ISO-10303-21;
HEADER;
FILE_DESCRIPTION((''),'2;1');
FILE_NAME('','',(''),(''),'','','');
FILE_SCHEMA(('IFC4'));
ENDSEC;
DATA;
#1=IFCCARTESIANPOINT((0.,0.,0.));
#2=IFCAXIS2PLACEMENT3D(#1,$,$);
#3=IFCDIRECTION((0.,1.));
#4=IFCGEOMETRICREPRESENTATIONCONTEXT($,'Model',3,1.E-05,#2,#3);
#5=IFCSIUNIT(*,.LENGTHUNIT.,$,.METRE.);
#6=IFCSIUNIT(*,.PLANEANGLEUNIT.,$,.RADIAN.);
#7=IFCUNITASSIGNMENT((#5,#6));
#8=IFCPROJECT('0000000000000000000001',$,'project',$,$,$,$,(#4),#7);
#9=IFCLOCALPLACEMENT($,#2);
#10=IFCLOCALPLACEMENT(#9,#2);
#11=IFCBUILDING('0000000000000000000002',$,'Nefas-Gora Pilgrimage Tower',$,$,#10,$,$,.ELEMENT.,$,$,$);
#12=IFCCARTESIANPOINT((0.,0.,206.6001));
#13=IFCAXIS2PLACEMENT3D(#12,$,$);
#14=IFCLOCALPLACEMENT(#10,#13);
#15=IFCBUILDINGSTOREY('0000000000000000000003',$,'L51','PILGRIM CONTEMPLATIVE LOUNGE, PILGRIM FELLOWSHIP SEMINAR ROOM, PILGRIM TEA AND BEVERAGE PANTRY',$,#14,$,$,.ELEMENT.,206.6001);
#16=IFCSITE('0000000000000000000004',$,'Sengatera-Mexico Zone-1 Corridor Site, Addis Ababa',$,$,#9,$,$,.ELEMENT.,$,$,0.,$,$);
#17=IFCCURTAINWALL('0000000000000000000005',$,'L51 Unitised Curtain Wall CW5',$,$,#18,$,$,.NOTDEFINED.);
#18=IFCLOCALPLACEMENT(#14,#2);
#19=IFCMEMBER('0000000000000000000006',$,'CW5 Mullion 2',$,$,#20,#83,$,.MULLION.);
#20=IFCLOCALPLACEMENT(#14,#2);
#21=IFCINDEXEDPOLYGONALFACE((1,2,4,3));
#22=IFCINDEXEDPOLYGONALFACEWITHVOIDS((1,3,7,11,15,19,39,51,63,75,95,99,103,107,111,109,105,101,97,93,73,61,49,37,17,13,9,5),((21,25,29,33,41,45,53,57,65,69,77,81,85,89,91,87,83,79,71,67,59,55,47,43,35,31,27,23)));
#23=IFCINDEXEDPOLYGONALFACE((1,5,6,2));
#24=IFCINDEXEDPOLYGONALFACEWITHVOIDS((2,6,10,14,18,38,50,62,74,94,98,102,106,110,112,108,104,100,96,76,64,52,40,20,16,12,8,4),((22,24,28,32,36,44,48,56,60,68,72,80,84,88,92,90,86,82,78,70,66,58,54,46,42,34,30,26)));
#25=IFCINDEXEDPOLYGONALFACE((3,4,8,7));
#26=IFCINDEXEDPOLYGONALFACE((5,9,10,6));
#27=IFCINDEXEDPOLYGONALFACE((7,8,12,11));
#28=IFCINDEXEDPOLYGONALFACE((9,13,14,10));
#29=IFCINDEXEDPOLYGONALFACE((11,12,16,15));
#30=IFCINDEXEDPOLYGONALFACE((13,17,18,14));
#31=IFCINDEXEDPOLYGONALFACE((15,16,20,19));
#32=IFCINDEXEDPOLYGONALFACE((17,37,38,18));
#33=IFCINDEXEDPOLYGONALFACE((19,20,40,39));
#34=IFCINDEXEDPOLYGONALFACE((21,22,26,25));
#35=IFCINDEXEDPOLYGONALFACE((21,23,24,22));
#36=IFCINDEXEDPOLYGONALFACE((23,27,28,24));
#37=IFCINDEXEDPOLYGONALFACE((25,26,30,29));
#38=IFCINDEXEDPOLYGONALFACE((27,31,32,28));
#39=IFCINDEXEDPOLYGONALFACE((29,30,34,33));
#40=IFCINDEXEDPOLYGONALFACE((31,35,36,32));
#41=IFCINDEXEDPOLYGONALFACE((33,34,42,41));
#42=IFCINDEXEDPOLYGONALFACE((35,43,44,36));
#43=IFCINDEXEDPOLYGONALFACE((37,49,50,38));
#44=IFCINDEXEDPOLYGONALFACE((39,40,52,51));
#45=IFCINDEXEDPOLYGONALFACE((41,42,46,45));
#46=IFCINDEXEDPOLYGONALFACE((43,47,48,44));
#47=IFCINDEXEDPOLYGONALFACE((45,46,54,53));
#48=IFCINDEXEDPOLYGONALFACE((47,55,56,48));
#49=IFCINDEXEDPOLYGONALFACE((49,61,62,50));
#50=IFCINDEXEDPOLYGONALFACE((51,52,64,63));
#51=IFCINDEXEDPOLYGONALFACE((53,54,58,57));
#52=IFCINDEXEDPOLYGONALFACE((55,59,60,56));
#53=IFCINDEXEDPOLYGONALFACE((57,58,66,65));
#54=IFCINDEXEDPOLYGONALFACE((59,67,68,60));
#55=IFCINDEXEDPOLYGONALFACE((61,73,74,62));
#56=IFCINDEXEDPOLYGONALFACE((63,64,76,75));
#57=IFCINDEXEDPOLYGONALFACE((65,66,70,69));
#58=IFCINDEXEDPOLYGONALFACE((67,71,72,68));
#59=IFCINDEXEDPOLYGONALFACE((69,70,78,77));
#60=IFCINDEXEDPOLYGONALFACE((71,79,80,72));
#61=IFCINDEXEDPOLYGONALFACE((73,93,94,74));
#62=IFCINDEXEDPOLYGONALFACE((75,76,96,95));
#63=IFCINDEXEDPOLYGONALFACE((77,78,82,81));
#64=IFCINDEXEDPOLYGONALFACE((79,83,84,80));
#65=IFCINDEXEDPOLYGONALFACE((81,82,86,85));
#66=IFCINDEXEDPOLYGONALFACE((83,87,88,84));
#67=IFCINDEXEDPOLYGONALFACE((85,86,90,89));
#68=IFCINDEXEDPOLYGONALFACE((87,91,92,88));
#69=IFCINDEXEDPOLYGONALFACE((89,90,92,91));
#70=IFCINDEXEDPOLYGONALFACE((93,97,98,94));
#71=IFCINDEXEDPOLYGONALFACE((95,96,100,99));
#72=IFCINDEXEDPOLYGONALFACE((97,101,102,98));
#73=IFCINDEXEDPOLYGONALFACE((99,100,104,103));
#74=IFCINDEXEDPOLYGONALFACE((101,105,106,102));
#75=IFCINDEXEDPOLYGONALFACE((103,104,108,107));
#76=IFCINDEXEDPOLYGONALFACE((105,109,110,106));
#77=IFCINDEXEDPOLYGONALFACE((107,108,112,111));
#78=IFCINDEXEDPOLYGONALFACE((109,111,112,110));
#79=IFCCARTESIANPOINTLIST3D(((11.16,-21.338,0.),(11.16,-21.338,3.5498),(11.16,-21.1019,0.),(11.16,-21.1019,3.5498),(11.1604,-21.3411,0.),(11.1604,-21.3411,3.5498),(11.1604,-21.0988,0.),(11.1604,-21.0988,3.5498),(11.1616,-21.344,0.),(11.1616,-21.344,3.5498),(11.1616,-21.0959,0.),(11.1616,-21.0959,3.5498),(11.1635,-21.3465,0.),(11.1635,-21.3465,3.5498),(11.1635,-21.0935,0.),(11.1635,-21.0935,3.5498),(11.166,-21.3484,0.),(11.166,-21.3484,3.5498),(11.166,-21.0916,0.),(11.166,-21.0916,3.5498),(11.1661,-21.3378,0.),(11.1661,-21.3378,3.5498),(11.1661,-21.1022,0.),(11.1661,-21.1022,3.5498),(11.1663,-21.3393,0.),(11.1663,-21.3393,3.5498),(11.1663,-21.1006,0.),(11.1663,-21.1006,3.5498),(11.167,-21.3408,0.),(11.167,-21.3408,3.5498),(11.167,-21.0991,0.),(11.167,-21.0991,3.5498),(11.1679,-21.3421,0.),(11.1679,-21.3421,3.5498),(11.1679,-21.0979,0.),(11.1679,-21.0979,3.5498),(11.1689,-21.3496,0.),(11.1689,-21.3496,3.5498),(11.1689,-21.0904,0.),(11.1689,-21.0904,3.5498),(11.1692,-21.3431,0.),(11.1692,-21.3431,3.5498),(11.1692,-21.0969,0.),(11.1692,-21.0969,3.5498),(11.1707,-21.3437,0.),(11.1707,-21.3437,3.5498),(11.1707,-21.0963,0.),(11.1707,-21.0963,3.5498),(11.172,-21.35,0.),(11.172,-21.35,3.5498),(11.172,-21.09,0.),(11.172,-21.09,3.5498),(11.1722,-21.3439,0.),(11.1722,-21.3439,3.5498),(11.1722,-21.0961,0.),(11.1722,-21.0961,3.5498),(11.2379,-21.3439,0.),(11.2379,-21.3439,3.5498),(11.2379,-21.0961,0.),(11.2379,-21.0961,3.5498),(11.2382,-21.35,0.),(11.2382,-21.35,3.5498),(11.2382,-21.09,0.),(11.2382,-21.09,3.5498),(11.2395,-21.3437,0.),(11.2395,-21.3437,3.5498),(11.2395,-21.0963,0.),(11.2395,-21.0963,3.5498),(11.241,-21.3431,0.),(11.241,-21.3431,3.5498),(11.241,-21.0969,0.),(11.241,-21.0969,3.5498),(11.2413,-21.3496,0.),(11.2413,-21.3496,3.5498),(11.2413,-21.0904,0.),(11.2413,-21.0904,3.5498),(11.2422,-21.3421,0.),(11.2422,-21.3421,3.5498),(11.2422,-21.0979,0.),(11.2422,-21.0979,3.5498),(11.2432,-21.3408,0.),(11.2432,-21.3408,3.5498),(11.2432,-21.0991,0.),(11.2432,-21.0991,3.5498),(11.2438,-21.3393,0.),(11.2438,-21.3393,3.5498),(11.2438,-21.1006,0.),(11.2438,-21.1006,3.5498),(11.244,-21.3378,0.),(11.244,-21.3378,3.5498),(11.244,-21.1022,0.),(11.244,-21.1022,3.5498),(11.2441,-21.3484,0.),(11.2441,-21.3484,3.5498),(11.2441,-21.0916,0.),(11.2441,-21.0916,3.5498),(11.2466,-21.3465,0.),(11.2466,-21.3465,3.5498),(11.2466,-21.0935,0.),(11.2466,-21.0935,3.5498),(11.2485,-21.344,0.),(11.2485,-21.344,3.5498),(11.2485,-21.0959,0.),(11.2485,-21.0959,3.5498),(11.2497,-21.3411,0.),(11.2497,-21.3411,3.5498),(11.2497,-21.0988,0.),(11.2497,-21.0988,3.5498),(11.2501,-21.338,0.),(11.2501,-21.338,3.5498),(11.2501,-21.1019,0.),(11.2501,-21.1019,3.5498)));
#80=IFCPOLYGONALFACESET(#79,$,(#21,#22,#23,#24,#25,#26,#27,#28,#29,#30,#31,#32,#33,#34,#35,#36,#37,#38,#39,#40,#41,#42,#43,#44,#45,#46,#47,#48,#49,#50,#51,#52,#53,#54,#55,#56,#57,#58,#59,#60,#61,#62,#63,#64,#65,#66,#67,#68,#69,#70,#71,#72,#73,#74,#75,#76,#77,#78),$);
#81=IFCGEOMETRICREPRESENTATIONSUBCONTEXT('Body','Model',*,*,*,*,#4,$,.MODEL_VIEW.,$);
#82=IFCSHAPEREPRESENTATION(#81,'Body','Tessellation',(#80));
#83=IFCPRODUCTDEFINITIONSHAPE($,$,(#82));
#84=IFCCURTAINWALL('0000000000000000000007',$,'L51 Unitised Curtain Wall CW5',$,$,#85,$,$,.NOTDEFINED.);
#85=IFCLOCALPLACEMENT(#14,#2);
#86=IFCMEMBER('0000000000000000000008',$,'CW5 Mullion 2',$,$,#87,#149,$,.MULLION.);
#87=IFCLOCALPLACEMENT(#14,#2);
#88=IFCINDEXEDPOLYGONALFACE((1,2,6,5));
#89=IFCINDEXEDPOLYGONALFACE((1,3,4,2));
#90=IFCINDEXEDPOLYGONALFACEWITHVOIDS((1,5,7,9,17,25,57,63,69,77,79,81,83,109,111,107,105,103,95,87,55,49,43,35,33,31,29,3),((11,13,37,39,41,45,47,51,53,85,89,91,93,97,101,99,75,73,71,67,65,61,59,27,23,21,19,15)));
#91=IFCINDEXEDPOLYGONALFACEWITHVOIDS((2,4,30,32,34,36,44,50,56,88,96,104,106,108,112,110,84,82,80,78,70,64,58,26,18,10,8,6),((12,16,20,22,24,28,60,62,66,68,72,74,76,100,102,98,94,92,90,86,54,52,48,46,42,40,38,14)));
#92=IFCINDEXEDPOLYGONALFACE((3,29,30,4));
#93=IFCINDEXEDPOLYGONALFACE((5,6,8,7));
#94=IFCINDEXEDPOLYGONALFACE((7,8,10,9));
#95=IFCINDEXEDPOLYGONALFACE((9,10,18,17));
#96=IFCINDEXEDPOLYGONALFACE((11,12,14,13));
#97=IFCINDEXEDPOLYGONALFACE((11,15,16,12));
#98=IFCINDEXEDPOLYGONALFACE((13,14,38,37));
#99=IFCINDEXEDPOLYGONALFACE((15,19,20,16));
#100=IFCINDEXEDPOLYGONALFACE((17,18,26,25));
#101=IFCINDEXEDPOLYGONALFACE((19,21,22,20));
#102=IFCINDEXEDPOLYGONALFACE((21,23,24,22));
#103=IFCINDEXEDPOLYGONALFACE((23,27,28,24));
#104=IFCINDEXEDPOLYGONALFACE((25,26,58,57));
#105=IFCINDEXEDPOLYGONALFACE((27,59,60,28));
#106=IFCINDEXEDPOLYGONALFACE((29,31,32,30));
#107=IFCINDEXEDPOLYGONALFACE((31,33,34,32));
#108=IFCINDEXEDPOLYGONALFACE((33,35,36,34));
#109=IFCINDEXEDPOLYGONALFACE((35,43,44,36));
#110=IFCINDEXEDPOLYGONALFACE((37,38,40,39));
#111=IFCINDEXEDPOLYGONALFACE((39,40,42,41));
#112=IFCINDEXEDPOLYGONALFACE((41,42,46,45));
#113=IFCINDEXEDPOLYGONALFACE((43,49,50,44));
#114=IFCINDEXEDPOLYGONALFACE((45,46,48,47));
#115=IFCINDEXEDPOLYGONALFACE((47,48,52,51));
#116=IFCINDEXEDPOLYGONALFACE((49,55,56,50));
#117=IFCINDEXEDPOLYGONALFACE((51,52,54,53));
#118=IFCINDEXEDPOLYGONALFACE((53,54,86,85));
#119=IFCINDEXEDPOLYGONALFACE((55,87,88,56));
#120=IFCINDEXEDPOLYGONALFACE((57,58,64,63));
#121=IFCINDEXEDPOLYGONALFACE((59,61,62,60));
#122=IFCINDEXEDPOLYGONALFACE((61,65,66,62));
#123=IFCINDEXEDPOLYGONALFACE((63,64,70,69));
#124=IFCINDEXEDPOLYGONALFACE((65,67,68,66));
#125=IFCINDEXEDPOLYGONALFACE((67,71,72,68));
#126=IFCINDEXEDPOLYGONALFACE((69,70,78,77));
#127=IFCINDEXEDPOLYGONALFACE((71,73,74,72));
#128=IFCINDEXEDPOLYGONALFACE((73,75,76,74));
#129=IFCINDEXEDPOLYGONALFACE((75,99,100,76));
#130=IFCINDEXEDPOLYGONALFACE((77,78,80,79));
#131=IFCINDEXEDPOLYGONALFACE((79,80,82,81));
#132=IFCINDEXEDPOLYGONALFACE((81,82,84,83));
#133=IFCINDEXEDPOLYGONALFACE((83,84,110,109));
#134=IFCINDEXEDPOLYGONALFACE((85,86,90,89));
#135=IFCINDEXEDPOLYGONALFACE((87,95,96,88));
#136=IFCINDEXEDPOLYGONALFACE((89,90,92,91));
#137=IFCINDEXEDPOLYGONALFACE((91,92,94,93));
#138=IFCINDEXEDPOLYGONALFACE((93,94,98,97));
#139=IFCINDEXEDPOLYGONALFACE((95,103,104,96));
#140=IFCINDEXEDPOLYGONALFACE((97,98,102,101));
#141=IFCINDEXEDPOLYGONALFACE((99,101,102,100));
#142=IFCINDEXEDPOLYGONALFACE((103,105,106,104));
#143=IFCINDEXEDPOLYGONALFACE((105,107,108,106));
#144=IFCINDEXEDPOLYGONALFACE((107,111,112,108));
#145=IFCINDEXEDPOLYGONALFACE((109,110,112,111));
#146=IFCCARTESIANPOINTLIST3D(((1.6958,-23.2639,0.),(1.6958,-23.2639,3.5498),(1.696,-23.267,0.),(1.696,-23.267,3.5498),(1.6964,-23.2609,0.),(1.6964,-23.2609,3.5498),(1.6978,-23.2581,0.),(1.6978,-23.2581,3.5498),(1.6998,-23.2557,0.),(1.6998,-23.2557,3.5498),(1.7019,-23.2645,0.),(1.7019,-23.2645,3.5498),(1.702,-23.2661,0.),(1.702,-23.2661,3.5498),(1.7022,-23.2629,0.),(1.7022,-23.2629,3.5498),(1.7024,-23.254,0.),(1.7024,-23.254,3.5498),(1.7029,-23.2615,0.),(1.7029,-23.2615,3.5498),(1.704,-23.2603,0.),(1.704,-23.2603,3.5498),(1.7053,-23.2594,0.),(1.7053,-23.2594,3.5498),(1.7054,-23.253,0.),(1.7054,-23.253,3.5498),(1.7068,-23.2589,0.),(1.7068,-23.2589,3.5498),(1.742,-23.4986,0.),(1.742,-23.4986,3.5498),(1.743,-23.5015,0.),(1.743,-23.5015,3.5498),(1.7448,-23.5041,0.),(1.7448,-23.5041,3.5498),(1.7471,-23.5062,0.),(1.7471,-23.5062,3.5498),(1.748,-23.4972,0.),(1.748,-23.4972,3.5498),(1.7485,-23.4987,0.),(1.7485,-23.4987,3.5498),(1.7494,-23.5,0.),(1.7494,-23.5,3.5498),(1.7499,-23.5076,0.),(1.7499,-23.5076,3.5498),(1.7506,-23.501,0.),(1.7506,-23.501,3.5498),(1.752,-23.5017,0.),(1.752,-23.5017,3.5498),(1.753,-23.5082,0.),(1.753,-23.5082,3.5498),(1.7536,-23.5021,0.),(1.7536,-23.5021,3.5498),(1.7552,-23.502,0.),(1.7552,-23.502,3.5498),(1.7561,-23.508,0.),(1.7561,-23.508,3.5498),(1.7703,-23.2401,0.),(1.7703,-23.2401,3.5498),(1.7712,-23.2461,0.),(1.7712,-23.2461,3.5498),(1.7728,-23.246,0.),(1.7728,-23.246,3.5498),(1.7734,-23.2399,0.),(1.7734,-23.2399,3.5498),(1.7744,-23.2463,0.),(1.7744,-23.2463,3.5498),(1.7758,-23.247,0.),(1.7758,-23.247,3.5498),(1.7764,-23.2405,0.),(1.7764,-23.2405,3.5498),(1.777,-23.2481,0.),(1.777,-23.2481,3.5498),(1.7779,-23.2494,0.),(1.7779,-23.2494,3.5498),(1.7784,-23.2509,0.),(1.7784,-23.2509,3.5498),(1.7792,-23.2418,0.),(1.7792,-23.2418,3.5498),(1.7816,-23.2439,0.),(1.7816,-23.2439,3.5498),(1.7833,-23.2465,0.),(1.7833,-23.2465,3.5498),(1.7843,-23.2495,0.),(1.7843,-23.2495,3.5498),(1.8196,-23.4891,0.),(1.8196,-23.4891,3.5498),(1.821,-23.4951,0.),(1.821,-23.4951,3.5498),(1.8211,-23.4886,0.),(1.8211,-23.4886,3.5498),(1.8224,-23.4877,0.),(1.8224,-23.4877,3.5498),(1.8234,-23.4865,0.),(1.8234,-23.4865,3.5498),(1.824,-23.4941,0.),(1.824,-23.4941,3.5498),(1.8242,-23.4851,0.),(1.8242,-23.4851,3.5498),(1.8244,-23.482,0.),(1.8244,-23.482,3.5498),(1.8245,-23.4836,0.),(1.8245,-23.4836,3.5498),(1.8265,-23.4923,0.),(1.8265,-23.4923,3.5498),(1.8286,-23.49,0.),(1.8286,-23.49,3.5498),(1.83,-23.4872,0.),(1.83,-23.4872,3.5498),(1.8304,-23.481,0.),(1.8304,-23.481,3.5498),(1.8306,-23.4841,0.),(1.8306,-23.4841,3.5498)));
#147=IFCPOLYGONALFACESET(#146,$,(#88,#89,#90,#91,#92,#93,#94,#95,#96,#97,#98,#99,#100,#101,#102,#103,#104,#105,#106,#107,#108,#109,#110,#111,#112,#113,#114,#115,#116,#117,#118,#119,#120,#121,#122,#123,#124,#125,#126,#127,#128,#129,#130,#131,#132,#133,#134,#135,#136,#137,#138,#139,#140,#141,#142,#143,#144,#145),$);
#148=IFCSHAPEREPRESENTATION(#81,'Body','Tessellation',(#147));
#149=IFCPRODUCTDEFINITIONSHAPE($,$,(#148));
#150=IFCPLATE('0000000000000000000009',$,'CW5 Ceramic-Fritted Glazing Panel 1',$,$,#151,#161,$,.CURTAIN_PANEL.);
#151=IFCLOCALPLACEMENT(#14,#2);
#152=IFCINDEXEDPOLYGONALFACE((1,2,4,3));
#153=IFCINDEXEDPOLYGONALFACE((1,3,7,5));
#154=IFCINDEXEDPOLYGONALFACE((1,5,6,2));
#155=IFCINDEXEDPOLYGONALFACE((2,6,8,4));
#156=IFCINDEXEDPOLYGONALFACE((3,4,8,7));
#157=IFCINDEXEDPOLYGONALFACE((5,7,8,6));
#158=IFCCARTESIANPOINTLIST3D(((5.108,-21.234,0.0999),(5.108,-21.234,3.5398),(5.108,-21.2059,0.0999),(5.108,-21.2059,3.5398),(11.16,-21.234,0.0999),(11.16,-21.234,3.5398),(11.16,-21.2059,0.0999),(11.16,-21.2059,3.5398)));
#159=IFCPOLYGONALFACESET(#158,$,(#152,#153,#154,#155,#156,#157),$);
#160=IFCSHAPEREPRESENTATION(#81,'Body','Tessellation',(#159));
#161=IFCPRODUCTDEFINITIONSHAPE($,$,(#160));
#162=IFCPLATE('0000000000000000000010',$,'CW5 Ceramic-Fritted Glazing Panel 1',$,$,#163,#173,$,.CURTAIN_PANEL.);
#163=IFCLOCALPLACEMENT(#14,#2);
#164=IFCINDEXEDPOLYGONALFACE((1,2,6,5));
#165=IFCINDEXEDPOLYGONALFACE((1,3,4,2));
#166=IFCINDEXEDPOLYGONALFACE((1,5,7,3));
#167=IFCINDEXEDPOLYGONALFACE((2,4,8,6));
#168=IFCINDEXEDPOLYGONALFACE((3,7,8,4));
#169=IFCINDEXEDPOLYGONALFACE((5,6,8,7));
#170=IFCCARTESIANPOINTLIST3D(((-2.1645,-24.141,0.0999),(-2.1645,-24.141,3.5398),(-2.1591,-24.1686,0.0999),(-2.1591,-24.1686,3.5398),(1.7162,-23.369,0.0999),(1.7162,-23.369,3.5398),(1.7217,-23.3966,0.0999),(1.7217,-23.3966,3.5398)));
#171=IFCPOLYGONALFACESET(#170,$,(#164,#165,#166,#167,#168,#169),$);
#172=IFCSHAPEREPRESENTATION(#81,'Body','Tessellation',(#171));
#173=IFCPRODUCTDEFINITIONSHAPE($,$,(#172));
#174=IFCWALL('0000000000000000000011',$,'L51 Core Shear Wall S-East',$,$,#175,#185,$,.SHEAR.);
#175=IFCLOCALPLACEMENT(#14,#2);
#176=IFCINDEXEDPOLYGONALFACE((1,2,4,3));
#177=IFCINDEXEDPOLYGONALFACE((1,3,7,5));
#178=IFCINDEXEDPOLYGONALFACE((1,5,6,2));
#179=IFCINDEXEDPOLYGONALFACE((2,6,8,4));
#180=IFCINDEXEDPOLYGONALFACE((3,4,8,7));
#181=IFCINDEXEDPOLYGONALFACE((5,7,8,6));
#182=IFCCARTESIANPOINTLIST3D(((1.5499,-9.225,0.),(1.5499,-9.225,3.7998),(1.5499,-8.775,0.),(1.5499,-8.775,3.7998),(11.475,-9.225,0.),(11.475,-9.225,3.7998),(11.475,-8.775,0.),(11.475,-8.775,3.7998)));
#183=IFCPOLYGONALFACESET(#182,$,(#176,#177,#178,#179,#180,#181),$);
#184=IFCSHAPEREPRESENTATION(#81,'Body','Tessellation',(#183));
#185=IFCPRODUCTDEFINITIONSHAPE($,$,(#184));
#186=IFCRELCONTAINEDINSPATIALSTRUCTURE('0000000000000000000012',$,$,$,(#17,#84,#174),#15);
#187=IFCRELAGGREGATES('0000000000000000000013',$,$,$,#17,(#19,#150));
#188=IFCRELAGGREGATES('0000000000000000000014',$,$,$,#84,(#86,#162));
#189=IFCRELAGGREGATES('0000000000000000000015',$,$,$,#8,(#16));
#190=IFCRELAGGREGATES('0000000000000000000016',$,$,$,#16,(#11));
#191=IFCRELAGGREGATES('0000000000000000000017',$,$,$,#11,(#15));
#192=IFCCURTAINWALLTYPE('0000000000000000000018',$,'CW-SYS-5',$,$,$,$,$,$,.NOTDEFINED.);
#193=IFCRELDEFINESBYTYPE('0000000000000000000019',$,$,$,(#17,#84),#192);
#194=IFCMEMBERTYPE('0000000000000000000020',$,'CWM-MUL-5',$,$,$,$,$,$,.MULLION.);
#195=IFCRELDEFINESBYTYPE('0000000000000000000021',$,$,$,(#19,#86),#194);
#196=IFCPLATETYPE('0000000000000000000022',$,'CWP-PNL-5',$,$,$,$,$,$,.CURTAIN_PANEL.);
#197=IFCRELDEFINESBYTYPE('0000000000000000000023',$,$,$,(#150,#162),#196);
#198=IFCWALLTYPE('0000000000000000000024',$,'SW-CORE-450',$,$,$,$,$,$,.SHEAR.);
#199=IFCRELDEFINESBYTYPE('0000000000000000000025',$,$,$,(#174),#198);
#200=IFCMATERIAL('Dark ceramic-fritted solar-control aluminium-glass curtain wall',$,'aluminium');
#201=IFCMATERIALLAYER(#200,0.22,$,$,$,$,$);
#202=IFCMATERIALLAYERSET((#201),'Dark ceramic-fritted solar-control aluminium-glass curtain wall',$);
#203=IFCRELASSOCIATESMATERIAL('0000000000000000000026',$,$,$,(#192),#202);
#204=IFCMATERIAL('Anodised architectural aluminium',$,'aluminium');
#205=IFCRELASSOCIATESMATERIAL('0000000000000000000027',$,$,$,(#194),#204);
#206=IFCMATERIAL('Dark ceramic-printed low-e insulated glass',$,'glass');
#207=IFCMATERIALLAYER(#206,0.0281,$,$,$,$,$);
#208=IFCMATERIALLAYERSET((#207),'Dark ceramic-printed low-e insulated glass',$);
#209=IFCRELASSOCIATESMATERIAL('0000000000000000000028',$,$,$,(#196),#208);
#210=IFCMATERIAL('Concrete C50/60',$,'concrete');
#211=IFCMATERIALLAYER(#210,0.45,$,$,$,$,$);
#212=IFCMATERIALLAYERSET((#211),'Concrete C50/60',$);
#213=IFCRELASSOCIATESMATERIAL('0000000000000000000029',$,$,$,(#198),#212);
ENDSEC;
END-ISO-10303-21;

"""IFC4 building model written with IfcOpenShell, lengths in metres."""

from ifc_helpers import new_model, si_unit, direction, frame, frame_2d, origin, origin_2d, place, context, subcontext, project, spatial, rectangle, hollow_rectangle, extrude, source, transform, mapped, material, layer, layer_set, material_profile, profile_set, type_object, element, aggregate, save


model = new_model("IFC4")

# Units and contexts
model_context = context("Model", 3, precision=1e-05, world=origin(), true_north=direction((0.0, 1.0)))
body_context = subcontext(model_context, "Body", "Model", "MODEL_VIEW")
ifc_project = project(units=[si_unit("LENGTHUNIT", "METRE"), si_unit("PLANEANGLEUNIT", "RADIAN")], contexts=[model_context])

# Site, building, storey
site_placement = place(None, origin())
site = spatial("IfcSite", under=ifc_project, at=site_placement, Name="Sengatera-Mexico Zone-1 Corridor Site, Addis Ababa", CompositionType="ELEMENT", RefElevation=0.0)
building_placement = place(site_placement, origin())
building = spatial("IfcBuilding", under=site, at=building_placement, Name="Nefas-Gora Pilgrimage Tower", CompositionType="ELEMENT")
storey_placement = place(building_placement, frame((0.0, 0.0, 206.6001)))
storey = spatial("IfcBuildingStorey", under=building, at=storey_placement, Name="L51", Description="PILGRIM CONTEMPLATIVE LOUNGE, PILGRIM FELLOWSHIP SEMINAR ROOM, PILGRIM TEA AND BEVERAGE PANTRY", CompositionType="ELEMENT", Elevation=206.6001)

# Curtain wall, member
ifc_material_1 = material(Name="Dark ceramic-fritted solar-control aluminium-glass curtain wall", Category="aluminium")
ifc_layer_1 = layer(ifc_material_1, 0.22)
ifc_layer_set_1 = layer_set([ifc_layer_1], Name="Dark ceramic-fritted solar-control aluminium-glass curtain wall")
curtain_wall_type = type_object("IfcCurtainWallType", Name="CW-SYS-5", PredefinedType="NOTDEFINED", material=ifc_layer_set_1)
curtain_wall_1_placement = place(storey_placement, origin())
curtain_wall_1 = element("IfcCurtainWall", 1, at=curtain_wall_1_placement, inside=storey, type_object=curtain_wall_type, Name="L51 Unitised Curtain Wall CW5", PredefinedType="NOTDEFINED")
ifc_material_2 = material(Name="Anodised architectural aluminium", Category="aluminium")
ifc_material_profile_1 = material_profile(ifc_material_2, hollow_rectangle(XDim=0.0901, YDim=0.26, WallThickness=0.0061, InnerFilletRadius=0.0061, OuterFilletRadius=0.012, at=origin_2d()), Name="ALU MULLION 90x260")
ifc_profile_set_1 = profile_set([ifc_material_profile_1], Name="Anodised architectural aluminium")
member_type_1 = type_object("IfcMemberType", Name="CWM-MUL-5", PredefinedType="MULLION", material=ifc_profile_set_1)
shared_shape_1 = source(origin(), body_context, "Body", "SweptSolid", [
    extrude(hollow_rectangle(XDim=0.0901, YDim=0.26, WallThickness=0.0061, InnerFilletRadius=0.0061, OuterFilletRadius=0.012, at=origin_2d()), origin(), (0.0, 0.0, 1.0), 3.5498),
])
member_1_placement = place(storey_placement, frame((11.2051, -21.22, 0.0), z_axis=(0.0, 0.0, 1.0), x_axis=(1.0, 0.0, 0.0)))
member_1 = element("IfcMember", 2, at=member_1_placement, type_object=member_type_1, Name="CW5 Mullion 2", PredefinedType="MULLION", context=body_context, shape_type="MappedRepresentation", body=[
    mapped(shared_shape_1, transform((0.0, 0.0, 0.0), x_axis=(1.0, 0.0, 0.0), y_axis=(0.0, 1.0, 0.0), z_axis=(0.0, 0.0, 1.0), scale=1.0)),
])

# Curtain wall, member
curtain_wall_2_placement = place(storey_placement, origin())
curtain_wall_2 = element("IfcCurtainWall", 3, at=curtain_wall_2_placement, inside=storey, type_object=curtain_wall_type, Name="L51 Unitised Curtain Wall CW5", PredefinedType="NOTDEFINED")
member_2_placement = place(storey_placement, frame((1.7632, -23.374, 0.0), z_axis=(0.0, 0.0, 1.0), x_axis=(0.980783, 0.195102, 0.0)))
member_2 = element("IfcMember", 4, at=member_2_placement, type_object=member_type_1, Name="CW5 Mullion 2", PredefinedType="MULLION", context=body_context, shape_type="MappedRepresentation", body=[
    mapped(shared_shape_1, transform((0.0, 0.0, 0.0), x_axis=(1.0, 0.0, 0.0), y_axis=(0.0, 1.0, 0.0), z_axis=(0.0, 0.0, 1.0), scale=1.0)),
])

# Plates
ifc_material_3 = material(Name="Dark ceramic-printed low-e insulated glass", Category="glass")
ifc_layer_2 = layer(ifc_material_3, 0.0281)
ifc_layer_set_2 = layer_set([ifc_layer_2], Name="Dark ceramic-printed low-e insulated glass")
plate_type = type_object("IfcPlateType", Name="CWP-PNL-5", PredefinedType="CURTAIN_PANEL", material=ifc_layer_set_2)
shared_shape_2 = source(origin(), body_context, "Body", "SweptSolid", [
    extrude(rectangle(XDim=6.052, YDim=0.0281, at=origin_2d()), origin(), (0.0, 0.0, 1.0), 3.4399),
])
plate_1_placement = place(storey_placement, frame((8.134, -21.22, 0.0999), z_axis=(0.0, 0.0, 1.0), x_axis=(1.0, 0.0, 0.0)))
plate_1 = element("IfcPlate", 5, at=plate_1_placement, type_object=plate_type, Name="CW5 Ceramic-Fritted Glazing Panel 1", PredefinedType="CURTAIN_PANEL", context=body_context, shape_type="MappedRepresentation", body=[
    mapped(shared_shape_2, transform((0.0, 0.0, 0.0), x_axis=(1.0, 0.0, 0.0), y_axis=(0.0, 1.0, 0.0), z_axis=(0.0, 0.0, 1.0), scale=1.0)),
])
aggregate(curtain_wall_1, [member_1, plate_1])
shared_shape_3 = source(origin(), body_context, "Body", "SweptSolid", [
    extrude(rectangle(XDim=3.9568, YDim=0.0281, at=origin_2d()), origin(), (0.0, 0.0, 1.0), 3.4399),
])
plate_2_placement = place(storey_placement, frame((-0.2214, -23.7688, 0.0999), z_axis=(0.0, 0.0, 1.0), x_axis=(0.980783, 0.195102, 0.0)))
plate_2 = element("IfcPlate", 6, at=plate_2_placement, type_object=plate_type, Name="CW5 Ceramic-Fritted Glazing Panel 1", PredefinedType="CURTAIN_PANEL", context=body_context, shape_type="MappedRepresentation", body=[
    mapped(shared_shape_3, transform((0.0, 0.0, 0.0), x_axis=(1.0, 0.0, 0.0), y_axis=(0.0, 1.0, 0.0), z_axis=(0.0, 0.0, 1.0), scale=1.0)),
])
aggregate(curtain_wall_2, [member_2, plate_2])

# Wall
ifc_material_4 = material(Name="Concrete C50/60", Category="concrete")
ifc_layer_3 = layer(ifc_material_4, 0.45)
ifc_layer_set_3 = layer_set([ifc_layer_3], Name="Concrete C50/60")
wall_type_1 = type_object("IfcWallType", Name="SW-CORE-450", PredefinedType="SHEAR", material=ifc_layer_set_3)
shared_shape_4 = source(origin(), body_context, "Body", "SweptSolid", [
    extrude(rectangle(XDim=9.925, YDim=0.45, at=frame_2d((4.9624, 0.0))), origin(), (0.0, 0.0, 1.0), 3.7998),
])
wall_1_placement = place(storey_placement, frame((1.55, -9.0, 0.0), z_axis=(0.0, 0.0, 1.0), x_axis=(1.0, 0.0, 0.0)))
element("IfcWall", 7, at=wall_1_placement, inside=storey, type_object=wall_type_1, Name="L51 Core Shear Wall S-East", PredefinedType="SHEAR", context=body_context, shape_type="MappedRepresentation", body=[
    mapped(shared_shape_4, transform((0.0, 0.0, 0.0), x_axis=(1.0, 0.0, 0.0), y_axis=(0.0, 1.0, 0.0), z_axis=(0.0, 0.0, 1.0), scale=1.0)),
])

save(model, "model.ifc")
